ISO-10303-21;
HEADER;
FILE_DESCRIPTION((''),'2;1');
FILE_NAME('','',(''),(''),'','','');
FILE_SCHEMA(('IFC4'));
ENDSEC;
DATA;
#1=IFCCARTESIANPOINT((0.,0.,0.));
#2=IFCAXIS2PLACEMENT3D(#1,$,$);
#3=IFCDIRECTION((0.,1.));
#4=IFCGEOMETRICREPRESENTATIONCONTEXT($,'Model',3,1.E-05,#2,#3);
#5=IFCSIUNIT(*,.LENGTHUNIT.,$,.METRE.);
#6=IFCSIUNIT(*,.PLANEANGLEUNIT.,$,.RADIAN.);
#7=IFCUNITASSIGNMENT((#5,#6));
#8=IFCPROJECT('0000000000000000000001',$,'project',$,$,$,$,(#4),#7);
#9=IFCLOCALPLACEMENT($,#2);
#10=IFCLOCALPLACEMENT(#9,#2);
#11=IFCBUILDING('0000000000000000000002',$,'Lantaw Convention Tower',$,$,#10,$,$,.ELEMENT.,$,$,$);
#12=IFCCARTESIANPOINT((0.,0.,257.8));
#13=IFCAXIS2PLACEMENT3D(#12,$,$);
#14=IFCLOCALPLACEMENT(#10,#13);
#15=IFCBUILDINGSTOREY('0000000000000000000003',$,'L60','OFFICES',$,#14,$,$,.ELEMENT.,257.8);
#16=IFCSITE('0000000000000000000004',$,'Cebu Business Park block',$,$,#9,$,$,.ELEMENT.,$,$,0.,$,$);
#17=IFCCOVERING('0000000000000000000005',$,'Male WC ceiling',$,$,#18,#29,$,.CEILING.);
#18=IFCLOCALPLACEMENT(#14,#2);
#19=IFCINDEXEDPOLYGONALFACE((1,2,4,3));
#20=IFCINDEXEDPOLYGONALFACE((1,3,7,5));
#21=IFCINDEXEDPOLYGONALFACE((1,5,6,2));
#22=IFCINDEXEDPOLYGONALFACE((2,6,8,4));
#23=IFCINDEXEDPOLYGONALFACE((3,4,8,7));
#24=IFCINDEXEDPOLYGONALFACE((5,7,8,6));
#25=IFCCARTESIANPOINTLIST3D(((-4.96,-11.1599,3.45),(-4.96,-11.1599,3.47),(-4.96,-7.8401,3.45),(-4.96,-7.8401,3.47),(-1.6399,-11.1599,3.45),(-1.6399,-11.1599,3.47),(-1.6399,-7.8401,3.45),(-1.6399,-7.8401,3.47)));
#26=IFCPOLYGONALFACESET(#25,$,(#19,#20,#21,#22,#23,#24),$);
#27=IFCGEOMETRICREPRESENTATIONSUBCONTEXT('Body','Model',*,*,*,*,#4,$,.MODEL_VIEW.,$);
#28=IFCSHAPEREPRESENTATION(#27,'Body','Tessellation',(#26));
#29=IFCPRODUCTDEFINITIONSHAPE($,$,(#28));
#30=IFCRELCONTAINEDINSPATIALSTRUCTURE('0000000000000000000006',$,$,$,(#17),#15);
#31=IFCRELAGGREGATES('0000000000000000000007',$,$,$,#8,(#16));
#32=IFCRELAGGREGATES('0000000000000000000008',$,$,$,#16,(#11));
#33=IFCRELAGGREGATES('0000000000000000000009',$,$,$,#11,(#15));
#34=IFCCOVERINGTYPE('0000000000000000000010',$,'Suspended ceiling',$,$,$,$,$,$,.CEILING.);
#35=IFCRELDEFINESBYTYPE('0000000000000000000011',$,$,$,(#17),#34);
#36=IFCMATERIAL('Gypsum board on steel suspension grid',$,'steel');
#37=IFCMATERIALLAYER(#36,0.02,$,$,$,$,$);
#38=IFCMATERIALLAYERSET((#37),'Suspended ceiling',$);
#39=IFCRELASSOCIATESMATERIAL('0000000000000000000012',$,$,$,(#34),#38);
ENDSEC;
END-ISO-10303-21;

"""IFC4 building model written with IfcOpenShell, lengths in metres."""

from ifc_helpers import new_model, si_unit, direction, frame, origin, place, context, subcontext, project, spatial, polyline, outline, extrude, material, layer, layer_set, type_object, element, save


model = new_model("IFC4")

# Units and contexts
model_context = context("Model", 3, precision=1e-05, world=origin(), true_north=direction((0.0, 1.0)))
body_context = subcontext(model_context, "Body", "Model", "MODEL_VIEW")
ifc_project = project(units=[si_unit("LENGTHUNIT", "METRE"), si_unit("PLANEANGLEUNIT", "RADIAN")], contexts=[model_context])

# Site, building, storey
site_placement = place(None, origin())
site = spatial("IfcSite", under=ifc_project, at=site_placement, Name="Cebu Business Park block", CompositionType="ELEMENT", RefElevation=0.0)
building_placement = place(site_placement, origin())
building = spatial("IfcBuilding", under=site, at=building_placement, Name="Lantaw Convention Tower", CompositionType="ELEMENT")
storey_placement = place(building_placement, frame((0.0, 0.0, 257.8)))
storey = spatial("IfcBuildingStorey", under=building, at=storey_placement, Name="L60", Description="OFFICES", CompositionType="ELEMENT", Elevation=257.8)

# Covering
ifc_material_1 = material(Name="Gypsum board on steel suspension grid", Category="steel")
ifc_layer_1 = layer(ifc_material_1, 0.02)
ifc_layer_set_1 = layer_set([ifc_layer_1], Name="Suspended ceiling")
covering_type = type_object("IfcCoveringType", Name="Suspended ceiling", PredefinedType="CEILING", material=ifc_layer_set_1)
covering_1_placement = place(storey_placement, frame((0.0, 0.0, 3.45)))
element("IfcCovering", 1, at=covering_1_placement, inside=storey, type_object=covering_type, Name="Male WC ceiling", PredefinedType="CEILING", context=body_context, shape_type="SweptSolid", body=[
    extrude(outline(polyline([(-4.96, -11.1599), (-1.6399, -11.1599), (-1.6399, -7.8401), (-4.96, -7.8401), (-4.96, -11.1599)])), origin(), (0.0, 0.0, 1.0), 0.02),
])

save(model, "model.ifc")
